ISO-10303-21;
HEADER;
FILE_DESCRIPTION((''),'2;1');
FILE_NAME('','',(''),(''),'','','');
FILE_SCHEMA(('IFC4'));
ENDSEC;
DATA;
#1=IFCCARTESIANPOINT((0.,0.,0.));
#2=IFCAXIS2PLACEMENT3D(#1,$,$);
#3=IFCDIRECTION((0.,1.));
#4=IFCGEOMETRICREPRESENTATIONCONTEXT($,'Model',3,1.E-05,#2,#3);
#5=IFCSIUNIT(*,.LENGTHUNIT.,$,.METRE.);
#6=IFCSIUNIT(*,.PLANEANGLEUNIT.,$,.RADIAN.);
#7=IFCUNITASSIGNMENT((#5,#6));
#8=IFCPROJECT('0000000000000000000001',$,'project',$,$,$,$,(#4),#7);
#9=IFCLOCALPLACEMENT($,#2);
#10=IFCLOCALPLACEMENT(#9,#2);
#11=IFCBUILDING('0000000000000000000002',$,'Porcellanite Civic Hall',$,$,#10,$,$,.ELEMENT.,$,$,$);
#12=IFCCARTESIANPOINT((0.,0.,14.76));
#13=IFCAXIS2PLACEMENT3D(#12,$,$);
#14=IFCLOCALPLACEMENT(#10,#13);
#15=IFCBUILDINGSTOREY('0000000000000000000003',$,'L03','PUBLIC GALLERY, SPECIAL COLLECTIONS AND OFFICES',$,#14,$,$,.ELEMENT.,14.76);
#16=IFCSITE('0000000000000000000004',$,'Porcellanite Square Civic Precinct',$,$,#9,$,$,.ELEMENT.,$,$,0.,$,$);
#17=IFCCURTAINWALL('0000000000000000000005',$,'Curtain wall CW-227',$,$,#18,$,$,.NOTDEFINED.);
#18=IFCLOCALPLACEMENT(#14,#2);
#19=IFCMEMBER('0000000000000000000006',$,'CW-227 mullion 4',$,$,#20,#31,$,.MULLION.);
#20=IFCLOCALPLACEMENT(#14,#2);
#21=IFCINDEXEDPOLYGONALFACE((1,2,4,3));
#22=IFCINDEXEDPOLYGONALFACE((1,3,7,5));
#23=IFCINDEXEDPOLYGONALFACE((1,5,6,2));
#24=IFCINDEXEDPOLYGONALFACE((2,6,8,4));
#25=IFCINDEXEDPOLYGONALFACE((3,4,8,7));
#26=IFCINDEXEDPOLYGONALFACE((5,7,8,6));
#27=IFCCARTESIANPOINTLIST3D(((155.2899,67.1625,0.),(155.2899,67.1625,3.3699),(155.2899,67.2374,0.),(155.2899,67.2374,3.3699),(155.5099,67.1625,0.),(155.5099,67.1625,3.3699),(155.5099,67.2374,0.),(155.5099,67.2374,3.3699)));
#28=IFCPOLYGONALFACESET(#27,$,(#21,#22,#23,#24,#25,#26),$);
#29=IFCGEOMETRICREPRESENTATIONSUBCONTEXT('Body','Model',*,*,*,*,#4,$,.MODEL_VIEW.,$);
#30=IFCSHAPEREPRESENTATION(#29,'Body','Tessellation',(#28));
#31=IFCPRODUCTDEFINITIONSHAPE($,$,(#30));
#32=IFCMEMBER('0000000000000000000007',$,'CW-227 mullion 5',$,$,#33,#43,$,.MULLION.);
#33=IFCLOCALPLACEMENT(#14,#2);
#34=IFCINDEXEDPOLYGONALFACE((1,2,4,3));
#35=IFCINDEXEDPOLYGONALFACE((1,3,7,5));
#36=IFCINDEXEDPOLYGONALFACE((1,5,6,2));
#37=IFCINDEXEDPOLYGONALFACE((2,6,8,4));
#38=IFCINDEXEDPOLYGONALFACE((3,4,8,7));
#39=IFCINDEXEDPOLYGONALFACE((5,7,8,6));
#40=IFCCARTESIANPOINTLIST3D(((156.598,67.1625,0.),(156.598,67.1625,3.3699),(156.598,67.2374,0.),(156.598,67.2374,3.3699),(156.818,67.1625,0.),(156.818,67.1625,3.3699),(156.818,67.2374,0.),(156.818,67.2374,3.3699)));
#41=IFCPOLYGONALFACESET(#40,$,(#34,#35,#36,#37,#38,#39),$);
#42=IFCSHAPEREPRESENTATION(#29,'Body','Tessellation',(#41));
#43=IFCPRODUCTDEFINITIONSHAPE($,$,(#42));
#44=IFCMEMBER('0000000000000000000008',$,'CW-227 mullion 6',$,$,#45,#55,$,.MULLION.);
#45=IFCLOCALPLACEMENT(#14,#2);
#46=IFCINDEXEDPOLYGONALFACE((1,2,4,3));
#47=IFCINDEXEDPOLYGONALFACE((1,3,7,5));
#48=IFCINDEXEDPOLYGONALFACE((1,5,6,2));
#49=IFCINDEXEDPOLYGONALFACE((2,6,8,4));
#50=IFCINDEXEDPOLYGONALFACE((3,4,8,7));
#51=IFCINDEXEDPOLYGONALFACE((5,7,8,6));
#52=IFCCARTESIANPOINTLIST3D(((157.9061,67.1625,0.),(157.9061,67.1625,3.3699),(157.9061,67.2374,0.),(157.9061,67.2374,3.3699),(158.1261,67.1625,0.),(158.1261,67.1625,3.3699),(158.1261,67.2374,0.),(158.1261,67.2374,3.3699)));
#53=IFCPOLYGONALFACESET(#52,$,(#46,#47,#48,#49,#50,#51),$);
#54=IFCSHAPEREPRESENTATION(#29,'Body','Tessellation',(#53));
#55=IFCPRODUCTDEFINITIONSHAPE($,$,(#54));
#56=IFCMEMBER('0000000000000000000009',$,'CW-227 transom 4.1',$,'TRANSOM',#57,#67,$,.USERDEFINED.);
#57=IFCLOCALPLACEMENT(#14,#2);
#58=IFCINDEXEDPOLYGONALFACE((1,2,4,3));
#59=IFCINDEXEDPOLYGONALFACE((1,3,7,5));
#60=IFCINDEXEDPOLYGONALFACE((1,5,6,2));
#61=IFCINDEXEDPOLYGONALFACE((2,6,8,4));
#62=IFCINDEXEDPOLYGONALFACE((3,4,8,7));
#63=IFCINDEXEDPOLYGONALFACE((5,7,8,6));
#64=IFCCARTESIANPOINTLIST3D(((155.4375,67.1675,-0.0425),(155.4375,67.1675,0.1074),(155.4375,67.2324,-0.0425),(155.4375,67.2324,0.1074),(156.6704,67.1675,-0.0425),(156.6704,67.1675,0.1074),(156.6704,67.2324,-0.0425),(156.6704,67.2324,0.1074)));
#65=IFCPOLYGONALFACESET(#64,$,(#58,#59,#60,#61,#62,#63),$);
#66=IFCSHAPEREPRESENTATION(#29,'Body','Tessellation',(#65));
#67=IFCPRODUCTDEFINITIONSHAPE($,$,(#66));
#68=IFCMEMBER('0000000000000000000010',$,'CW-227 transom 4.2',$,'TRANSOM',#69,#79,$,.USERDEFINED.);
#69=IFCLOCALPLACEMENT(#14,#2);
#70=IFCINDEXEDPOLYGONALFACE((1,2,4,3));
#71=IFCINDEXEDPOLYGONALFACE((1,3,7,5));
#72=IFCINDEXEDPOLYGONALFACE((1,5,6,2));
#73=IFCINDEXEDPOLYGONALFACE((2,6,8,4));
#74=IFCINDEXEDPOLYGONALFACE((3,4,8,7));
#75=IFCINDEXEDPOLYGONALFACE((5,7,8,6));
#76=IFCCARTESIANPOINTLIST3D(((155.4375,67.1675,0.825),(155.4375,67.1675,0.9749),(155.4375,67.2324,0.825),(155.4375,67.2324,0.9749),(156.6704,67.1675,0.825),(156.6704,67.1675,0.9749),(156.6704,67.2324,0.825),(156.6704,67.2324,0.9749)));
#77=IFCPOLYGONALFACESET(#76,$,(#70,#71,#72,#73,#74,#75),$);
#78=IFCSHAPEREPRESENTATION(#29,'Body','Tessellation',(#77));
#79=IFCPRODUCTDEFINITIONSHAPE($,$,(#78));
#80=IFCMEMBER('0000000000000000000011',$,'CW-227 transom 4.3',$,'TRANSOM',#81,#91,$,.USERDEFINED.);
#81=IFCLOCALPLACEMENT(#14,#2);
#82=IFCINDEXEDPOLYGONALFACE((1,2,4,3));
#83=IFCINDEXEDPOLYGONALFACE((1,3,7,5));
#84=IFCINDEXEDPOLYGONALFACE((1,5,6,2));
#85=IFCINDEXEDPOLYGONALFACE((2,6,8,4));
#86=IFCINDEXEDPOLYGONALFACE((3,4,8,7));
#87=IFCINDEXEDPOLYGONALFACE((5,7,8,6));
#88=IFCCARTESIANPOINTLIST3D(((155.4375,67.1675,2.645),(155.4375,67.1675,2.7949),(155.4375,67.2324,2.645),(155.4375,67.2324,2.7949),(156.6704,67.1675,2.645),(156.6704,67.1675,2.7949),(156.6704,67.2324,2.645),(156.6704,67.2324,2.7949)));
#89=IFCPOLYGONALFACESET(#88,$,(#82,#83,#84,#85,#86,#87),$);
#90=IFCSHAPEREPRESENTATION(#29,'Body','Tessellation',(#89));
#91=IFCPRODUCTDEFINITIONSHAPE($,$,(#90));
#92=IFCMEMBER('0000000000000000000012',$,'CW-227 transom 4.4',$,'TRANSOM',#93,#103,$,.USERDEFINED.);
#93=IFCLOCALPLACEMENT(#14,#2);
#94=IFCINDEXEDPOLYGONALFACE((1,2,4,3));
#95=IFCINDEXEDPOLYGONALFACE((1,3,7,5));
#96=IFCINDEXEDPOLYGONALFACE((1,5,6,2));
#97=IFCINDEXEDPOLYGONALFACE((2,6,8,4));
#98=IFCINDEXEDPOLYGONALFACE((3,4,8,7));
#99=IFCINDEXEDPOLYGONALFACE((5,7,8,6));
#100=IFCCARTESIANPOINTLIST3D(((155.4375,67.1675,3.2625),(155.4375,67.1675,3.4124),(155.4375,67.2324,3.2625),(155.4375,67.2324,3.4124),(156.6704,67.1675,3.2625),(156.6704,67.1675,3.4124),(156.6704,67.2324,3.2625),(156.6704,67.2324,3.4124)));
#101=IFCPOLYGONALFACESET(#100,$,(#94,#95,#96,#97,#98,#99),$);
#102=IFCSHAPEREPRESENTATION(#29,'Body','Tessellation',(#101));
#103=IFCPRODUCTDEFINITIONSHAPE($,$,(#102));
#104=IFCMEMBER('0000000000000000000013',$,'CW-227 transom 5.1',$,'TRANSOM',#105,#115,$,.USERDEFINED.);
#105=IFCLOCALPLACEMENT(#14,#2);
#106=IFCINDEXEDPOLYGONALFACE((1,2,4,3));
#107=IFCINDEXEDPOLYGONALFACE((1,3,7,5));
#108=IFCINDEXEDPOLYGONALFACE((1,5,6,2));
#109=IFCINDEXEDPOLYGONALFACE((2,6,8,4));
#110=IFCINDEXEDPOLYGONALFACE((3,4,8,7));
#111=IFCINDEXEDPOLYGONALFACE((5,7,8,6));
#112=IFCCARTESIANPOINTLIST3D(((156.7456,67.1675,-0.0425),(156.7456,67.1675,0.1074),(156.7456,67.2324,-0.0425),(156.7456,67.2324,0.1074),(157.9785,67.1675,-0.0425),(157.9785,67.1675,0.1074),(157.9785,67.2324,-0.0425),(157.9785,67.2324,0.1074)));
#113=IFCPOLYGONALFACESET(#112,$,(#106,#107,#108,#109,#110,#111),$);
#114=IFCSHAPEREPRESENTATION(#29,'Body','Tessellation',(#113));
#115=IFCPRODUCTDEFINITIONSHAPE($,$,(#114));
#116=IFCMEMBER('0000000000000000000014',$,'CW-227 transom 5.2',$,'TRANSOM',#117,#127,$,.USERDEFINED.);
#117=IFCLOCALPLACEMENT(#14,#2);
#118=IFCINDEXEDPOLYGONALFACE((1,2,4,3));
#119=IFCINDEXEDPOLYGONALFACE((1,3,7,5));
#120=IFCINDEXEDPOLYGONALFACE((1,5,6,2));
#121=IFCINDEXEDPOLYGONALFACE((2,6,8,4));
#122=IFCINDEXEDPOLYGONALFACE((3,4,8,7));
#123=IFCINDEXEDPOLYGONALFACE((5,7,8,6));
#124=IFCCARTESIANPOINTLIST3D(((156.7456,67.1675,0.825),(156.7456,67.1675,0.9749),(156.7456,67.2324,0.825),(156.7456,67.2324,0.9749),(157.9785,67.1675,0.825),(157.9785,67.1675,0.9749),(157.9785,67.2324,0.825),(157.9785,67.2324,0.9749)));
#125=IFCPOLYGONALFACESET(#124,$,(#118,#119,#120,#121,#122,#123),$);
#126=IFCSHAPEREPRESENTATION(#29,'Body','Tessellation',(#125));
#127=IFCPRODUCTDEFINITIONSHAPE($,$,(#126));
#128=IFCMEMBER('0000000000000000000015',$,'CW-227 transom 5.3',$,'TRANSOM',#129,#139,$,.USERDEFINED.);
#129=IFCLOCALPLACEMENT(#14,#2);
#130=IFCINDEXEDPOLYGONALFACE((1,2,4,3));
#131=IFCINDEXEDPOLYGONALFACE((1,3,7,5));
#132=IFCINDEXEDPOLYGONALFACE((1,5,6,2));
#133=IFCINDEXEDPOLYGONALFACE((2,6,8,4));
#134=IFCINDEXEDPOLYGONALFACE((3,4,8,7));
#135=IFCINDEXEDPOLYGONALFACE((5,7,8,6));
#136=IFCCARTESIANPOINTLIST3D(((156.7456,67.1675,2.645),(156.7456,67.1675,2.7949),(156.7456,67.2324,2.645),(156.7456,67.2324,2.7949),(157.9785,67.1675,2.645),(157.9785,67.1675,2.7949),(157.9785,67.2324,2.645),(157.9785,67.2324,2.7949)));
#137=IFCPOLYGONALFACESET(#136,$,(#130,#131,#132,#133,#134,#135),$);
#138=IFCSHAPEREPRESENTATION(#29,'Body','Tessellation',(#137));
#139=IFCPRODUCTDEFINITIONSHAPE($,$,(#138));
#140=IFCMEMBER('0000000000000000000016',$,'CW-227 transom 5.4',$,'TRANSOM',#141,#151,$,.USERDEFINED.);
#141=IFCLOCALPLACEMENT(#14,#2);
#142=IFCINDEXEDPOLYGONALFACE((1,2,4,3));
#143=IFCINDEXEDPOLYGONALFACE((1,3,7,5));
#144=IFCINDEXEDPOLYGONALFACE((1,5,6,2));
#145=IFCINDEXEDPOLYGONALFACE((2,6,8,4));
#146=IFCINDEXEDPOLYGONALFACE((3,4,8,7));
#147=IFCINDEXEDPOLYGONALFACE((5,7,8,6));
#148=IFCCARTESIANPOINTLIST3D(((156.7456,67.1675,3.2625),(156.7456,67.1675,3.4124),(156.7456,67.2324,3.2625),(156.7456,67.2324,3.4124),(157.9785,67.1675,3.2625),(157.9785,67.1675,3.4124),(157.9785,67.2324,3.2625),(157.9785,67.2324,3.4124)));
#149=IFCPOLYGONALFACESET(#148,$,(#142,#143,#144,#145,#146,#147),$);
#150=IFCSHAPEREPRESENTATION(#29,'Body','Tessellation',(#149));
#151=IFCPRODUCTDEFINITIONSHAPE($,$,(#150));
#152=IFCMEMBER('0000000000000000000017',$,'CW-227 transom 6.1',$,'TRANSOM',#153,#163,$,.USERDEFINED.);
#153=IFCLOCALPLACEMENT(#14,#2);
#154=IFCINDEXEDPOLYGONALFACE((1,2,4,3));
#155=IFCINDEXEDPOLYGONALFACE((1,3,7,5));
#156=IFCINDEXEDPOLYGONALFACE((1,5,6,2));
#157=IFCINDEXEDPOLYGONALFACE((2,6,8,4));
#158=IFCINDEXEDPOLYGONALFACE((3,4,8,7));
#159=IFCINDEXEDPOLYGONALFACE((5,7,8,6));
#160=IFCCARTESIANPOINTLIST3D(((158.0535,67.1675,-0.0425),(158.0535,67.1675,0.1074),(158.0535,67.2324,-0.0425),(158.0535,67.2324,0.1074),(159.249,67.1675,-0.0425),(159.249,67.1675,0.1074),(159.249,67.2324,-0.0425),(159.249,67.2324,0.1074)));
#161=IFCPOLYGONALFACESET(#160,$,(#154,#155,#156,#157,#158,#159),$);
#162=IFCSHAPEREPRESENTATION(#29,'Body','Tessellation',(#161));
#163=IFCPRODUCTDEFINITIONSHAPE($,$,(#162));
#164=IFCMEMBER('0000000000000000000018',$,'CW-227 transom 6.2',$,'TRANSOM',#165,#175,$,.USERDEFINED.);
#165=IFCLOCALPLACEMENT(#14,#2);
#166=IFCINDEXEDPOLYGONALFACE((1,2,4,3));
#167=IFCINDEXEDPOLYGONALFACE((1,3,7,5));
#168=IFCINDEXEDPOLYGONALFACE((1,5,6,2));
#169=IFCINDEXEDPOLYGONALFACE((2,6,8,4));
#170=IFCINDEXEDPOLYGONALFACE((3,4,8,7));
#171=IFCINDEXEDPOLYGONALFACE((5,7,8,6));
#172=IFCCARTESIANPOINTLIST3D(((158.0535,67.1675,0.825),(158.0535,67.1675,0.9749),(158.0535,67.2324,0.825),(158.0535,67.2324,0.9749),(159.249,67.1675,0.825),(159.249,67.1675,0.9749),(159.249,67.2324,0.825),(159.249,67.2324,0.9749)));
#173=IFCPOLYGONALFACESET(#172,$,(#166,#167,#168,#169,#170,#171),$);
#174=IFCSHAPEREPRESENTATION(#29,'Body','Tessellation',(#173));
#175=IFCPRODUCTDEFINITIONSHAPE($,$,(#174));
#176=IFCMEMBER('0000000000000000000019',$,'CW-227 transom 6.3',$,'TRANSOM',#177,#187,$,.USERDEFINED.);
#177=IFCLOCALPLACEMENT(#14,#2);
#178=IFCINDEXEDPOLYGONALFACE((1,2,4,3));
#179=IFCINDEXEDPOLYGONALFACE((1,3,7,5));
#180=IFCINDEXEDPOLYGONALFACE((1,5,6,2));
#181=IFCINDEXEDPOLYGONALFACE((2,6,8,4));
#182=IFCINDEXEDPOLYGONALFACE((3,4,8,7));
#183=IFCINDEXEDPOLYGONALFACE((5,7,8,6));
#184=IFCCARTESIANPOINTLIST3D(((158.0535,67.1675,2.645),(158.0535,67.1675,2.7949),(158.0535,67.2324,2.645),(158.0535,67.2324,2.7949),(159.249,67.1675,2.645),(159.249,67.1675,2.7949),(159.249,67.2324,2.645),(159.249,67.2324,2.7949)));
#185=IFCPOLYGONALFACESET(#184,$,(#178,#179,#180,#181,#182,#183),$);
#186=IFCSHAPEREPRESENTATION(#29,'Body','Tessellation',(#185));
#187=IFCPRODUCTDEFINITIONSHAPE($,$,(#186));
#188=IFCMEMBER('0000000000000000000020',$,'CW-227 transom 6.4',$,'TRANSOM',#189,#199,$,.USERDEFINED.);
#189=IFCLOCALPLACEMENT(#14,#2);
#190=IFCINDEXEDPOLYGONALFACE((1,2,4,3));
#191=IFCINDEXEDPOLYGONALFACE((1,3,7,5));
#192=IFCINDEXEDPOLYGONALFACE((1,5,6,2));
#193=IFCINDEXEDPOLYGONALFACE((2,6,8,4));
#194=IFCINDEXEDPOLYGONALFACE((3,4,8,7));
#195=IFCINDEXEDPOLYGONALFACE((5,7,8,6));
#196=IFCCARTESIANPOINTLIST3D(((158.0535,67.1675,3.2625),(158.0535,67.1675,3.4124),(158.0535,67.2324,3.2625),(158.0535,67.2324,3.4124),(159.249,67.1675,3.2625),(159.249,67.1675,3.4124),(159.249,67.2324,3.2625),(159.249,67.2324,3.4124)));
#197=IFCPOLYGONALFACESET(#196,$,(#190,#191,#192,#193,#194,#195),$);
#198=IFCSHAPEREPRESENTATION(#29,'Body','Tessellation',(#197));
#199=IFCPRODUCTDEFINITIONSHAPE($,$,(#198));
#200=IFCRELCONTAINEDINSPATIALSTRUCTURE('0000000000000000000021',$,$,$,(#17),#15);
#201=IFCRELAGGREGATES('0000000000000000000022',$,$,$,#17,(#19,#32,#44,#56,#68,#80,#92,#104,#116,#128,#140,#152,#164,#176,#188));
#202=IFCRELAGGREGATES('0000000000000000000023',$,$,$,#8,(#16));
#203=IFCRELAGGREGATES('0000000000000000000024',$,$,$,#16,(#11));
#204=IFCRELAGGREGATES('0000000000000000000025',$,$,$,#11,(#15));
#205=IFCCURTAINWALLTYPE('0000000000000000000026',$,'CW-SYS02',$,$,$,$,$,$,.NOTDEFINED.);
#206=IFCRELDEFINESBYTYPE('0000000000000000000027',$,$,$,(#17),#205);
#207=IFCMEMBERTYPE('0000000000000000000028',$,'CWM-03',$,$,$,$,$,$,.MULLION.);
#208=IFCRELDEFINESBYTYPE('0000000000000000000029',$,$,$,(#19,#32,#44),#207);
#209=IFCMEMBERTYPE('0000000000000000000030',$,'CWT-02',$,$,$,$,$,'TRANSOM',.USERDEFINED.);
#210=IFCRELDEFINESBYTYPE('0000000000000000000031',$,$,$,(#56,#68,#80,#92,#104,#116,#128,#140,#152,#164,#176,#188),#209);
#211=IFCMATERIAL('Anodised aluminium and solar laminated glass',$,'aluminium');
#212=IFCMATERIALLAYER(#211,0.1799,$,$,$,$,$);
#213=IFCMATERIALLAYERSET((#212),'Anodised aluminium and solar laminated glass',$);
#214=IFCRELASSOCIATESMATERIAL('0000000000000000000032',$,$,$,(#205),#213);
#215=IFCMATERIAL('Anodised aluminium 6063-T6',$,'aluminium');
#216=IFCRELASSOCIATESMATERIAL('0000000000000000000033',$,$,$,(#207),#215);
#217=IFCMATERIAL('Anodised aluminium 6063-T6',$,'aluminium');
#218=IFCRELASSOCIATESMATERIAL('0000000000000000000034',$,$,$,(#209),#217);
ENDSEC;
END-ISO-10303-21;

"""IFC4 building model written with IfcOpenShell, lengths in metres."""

from ifc_helpers import new_model, si_unit, direction, frame, origin, origin_2d, place, context, subcontext, project, spatial, rectangle, extrude, material, layer, layer_set, material_profile, profile_set, type_object, element, aggregate, save


model = new_model("IFC4")

# Units and contexts
model_context = context("Model", 3, precision=1e-05, world=origin(), true_north=direction((0.0, 1.0)))
body_context = subcontext(model_context, "Body", "Model", "MODEL_VIEW")
ifc_project = project(units=[si_unit("LENGTHUNIT", "METRE"), si_unit("PLANEANGLEUNIT", "RADIAN")], contexts=[model_context])

# Site, building, storey
site_placement = place(None, origin())
site = spatial("IfcSite", under=ifc_project, at=site_placement, Name="Porcellanite Square Civic Precinct", CompositionType="ELEMENT", RefElevation=0.0)
building_placement = place(site_placement, origin())
building = spatial("IfcBuilding", under=site, at=building_placement, Name="Porcellanite Civic Hall", CompositionType="ELEMENT")
storey_placement = place(building_placement, frame((0.0, 0.0, 14.76)))
storey = spatial("IfcBuildingStorey", under=building, at=storey_placement, Name="L03", Description="PUBLIC GALLERY, SPECIAL COLLECTIONS AND OFFICES", CompositionType="ELEMENT", Elevation=14.76)

# Curtain wall, members
ifc_material_1 = material(Name="Anodised aluminium and solar laminated glass", Category="aluminium")
ifc_layer_1 = layer(ifc_material_1, 0.1799)
ifc_layer_set_1 = layer_set([ifc_layer_1], Name="Anodised aluminium and solar laminated glass")
curtain_wall_type = type_object("IfcCurtainWallType", Name="CW-SYS02", PredefinedType="NOTDEFINED", material=ifc_layer_set_1)
curtain_wall_placement = place(storey_placement, origin())
curtain_wall = element("IfcCurtainWall", 1, at=curtain_wall_placement, inside=storey, type_object=curtain_wall_type, Name="Curtain wall CW-227", PredefinedType="NOTDEFINED")
ifc_material_2 = material(Name="Anodised aluminium 6063-T6", Category="aluminium")
ifc_material_profile_1 = material_profile(ifc_material_2, rectangle(XDim=0.075, YDim=0.22, at=origin_2d()), Name="AL-75x220")
ifc_profile_set_1 = profile_set([ifc_material_profile_1], Name="Anodised aluminium 6063-T6")
member_type_1 = type_object("IfcMemberType", Name="CWM-03", PredefinedType="MULLION", material=ifc_profile_set_1)
member_1_placement = place(storey_placement, frame((155.3999, 67.2, 0.0), z_axis=(0.0, 0.0, 1.0), x_axis=(0.0, 1.0, 0.0)))
member_1 = element("IfcMember", 2, at=member_1_placement, type_object=member_type_1, Name="CW-227 mullion 4", PredefinedType="MULLION", context=body_context, shape_type="SweptSolid", body=[
    extrude(rectangle(XDim=0.075, YDim=0.22, at=origin_2d()), origin(), (0.0, 0.0, 1.0), 3.3699),
])
member_2_placement = place(storey_placement, frame((156.708, 67.2, 0.0), z_axis=(0.0, 0.0, 1.0), x_axis=(0.0, 1.0, 0.0)))
member_2 = element("IfcMember", 3, at=member_2_placement, type_object=member_type_1, Name="CW-227 mullion 5", PredefinedType="MULLION", context=body_context, shape_type="SweptSolid", body=[
    extrude(rectangle(XDim=0.075, YDim=0.22, at=origin_2d()), origin(), (0.0, 0.0, 1.0), 3.3699),
])
member_3_placement = place(storey_placement, frame((158.0161, 67.2, 0.0), z_axis=(0.0, 0.0, 1.0), x_axis=(0.0, 1.0, 0.0)))
member_3 = element("IfcMember", 4, at=member_3_placement, type_object=member_type_1, Name="CW-227 mullion 6", PredefinedType="MULLION", context=body_context, shape_type="SweptSolid", body=[
    extrude(rectangle(XDim=0.075, YDim=0.22, at=origin_2d()), origin(), (0.0, 0.0, 1.0), 3.3699),
])
ifc_material_3 = material(Name="Anodised aluminium 6063-T6", Category="aluminium")
ifc_material_profile_2 = material_profile(ifc_material_3, rectangle(XDim=0.0649, YDim=0.1499, at=origin_2d()), Name="AL-65x150")
ifc_profile_set_2 = profile_set([ifc_material_profile_2], Name="Anodised aluminium 6063-T6")
member_type_2 = type_object("IfcMemberType", Name="CWT-02", ElementType="TRANSOM", PredefinedType="USERDEFINED", material=ifc_profile_set_2)
member_4_placement = place(storey_placement, frame((155.4375, 67.2, 0.0325), z_axis=(1.0, 0.0, 0.0), x_axis=(0.0, 1.0, 0.0)))
member_4 = element("IfcMember", 5, at=member_4_placement, type_object=member_type_2, Name="CW-227 transom 4.1", ObjectType="TRANSOM", PredefinedType="USERDEFINED", context=body_context, shape_type="SweptSolid", body=[
    extrude(rectangle(XDim=0.0649, YDim=0.1499, at=origin_2d()), origin(), (0.0, 0.0, 1.0), 1.2329),
])
member_5_placement = place(storey_placement, frame((155.4375, 67.2, 0.8999), z_axis=(1.0, 0.0, 0.0), x_axis=(0.0, 1.0, 0.0)))
member_5 = element("IfcMember", 6, at=member_5_placement, type_object=member_type_2, Name="CW-227 transom 4.2", ObjectType="TRANSOM", PredefinedType="USERDEFINED", context=body_context, shape_type="SweptSolid", body=[
    extrude(rectangle(XDim=0.0649, YDim=0.1499, at=origin_2d()), origin(), (0.0, 0.0, 1.0), 1.2329),
])
member_6_placement = place(storey_placement, frame((155.4375, 67.2, 2.72), z_axis=(1.0, 0.0, 0.0), x_axis=(0.0, 1.0, 0.0)))
member_6 = element("IfcMember", 7, at=member_6_placement, type_object=member_type_2, Name="CW-227 transom 4.3", ObjectType="TRANSOM", PredefinedType="USERDEFINED", context=body_context, shape_type="SweptSolid", body=[
    extrude(rectangle(XDim=0.0649, YDim=0.1499, at=origin_2d()), origin(), (0.0, 0.0, 1.0), 1.2329),
])
member_7_placement = place(storey_placement, frame((155.4375, 67.2, 3.3374), z_axis=(1.0, 0.0, 0.0), x_axis=(0.0, 1.0, 0.0)))
member_7 = element("IfcMember", 8, at=member_7_placement, type_object=member_type_2, Name="CW-227 transom 4.4", ObjectType="TRANSOM", PredefinedType="USERDEFINED", context=body_context, shape_type="SweptSolid", body=[
    extrude(rectangle(XDim=0.0649, YDim=0.1499, at=origin_2d()), origin(), (0.0, 0.0, 1.0), 1.2329),
])
member_8_placement = place(storey_placement, frame((156.7456, 67.2, 0.0325), z_axis=(1.0, 0.0, 0.0), x_axis=(0.0, 1.0, 0.0)))
member_8 = element("IfcMember", 9, at=member_8_placement, type_object=member_type_2, Name="CW-227 transom 5.1", ObjectType="TRANSOM", PredefinedType="USERDEFINED", context=body_context, shape_type="SweptSolid", body=[
    extrude(rectangle(XDim=0.0649, YDim=0.1499, at=origin_2d()), origin(), (0.0, 0.0, 1.0), 1.2329),
])
member_9_placement = place(storey_placement, frame((156.7456, 67.2, 0.8999), z_axis=(1.0, 0.0, 0.0), x_axis=(0.0, 1.0, 0.0)))
member_9 = element("IfcMember", 10, at=member_9_placement, type_object=member_type_2, Name="CW-227 transom 5.2", ObjectType="TRANSOM", PredefinedType="USERDEFINED", context=body_context, shape_type="SweptSolid", body=[
    extrude(rectangle(XDim=0.0649, YDim=0.1499, at=origin_2d()), origin(), (0.0, 0.0, 1.0), 1.2329),
])
member_10_placement = place(storey_placement, frame((156.7456, 67.2, 2.72), z_axis=(1.0, 0.0, 0.0), x_axis=(0.0, 1.0, 0.0)))
member_10 = element("IfcMember", 11, at=member_10_placement, type_object=member_type_2, Name="CW-227 transom 5.3", ObjectType="TRANSOM", PredefinedType="USERDEFINED", context=body_context, shape_type="SweptSolid", body=[
    extrude(rectangle(XDim=0.0649, YDim=0.1499, at=origin_2d()), origin(), (0.0, 0.0, 1.0), 1.2329),
])
member_11_placement = place(storey_placement, frame((156.7456, 67.2, 3.3374), z_axis=(1.0, 0.0, 0.0), x_axis=(0.0, 1.0, 0.0)))
member_11 = element("IfcMember", 12, at=member_11_placement, type_object=member_type_2, Name="CW-227 transom 5.4", ObjectType="TRANSOM", PredefinedType="USERDEFINED", context=body_context, shape_type="SweptSolid", body=[
    extrude(rectangle(XDim=0.0649, YDim=0.1499, at=origin_2d()), origin(), (0.0, 0.0, 1.0), 1.2329),
])
member_12_placement = place(storey_placement, frame((158.0535, 67.2, 0.0325), z_axis=(1.0, 0.0, 0.0), x_axis=(0.0, 1.0, 0.0)))
member_12 = element("IfcMember", 13, at=member_12_placement, type_object=member_type_2, Name="CW-227 transom 6.1", ObjectType="TRANSOM", PredefinedType="USERDEFINED", context=body_context, shape_type="SweptSolid", body=[
    extrude(rectangle(XDim=0.0649, YDim=0.1499, at=origin_2d()), origin(), (0.0, 0.0, 1.0), 1.1956),
])
member_13_placement = place(storey_placement, frame((158.0535, 67.2, 0.8999), z_axis=(1.0, 0.0, 0.0), x_axis=(0.0, 1.0, 0.0)))
member_13 = element("IfcMember", 14, at=member_13_placement, type_object=member_type_2, Name="CW-227 transom 6.2", ObjectType="TRANSOM", PredefinedType="USERDEFINED", context=body_context, shape_type="SweptSolid", body=[
    extrude(rectangle(XDim=0.0649, YDim=0.1499, at=origin_2d()), origin(), (0.0, 0.0, 1.0), 1.1956),
])
member_14_placement = place(storey_placement, frame((158.0535, 67.2, 2.72), z_axis=(1.0, 0.0, 0.0), x_axis=(0.0, 1.0, 0.0)))
member_14 = element("IfcMember", 15, at=member_14_placement, type_object=member_type_2, Name="CW-227 transom 6.3", ObjectType="TRANSOM", PredefinedType="USERDEFINED", context=body_context, shape_type="SweptSolid", body=[
    extrude(rectangle(XDim=0.0649, YDim=0.1499, at=origin_2d()), origin(), (0.0, 0.0, 1.0), 1.1956),
])
member_15_placement = place(storey_placement, frame((158.0535, 67.2, 3.3374), z_axis=(1.0, 0.0, 0.0), x_axis=(0.0, 1.0, 0.0)))
member_15 = element("IfcMember", 16, at=member_15_placement, type_object=member_type_2, Name="CW-227 transom 6.4", ObjectType="TRANSOM", PredefinedType="USERDEFINED", context=body_context, shape_type="SweptSolid", body=[
    extrude(rectangle(XDim=0.0649, YDim=0.1499, at=origin_2d()), origin(), (0.0, 0.0, 1.0), 1.1956),
])

aggregate(curtain_wall, [member_1, member_2, member_3, member_4, member_5, member_6, member_7, member_8, member_9, member_10, member_11, member_12, member_13, member_14, member_15])

save(model, "model.ifc")
